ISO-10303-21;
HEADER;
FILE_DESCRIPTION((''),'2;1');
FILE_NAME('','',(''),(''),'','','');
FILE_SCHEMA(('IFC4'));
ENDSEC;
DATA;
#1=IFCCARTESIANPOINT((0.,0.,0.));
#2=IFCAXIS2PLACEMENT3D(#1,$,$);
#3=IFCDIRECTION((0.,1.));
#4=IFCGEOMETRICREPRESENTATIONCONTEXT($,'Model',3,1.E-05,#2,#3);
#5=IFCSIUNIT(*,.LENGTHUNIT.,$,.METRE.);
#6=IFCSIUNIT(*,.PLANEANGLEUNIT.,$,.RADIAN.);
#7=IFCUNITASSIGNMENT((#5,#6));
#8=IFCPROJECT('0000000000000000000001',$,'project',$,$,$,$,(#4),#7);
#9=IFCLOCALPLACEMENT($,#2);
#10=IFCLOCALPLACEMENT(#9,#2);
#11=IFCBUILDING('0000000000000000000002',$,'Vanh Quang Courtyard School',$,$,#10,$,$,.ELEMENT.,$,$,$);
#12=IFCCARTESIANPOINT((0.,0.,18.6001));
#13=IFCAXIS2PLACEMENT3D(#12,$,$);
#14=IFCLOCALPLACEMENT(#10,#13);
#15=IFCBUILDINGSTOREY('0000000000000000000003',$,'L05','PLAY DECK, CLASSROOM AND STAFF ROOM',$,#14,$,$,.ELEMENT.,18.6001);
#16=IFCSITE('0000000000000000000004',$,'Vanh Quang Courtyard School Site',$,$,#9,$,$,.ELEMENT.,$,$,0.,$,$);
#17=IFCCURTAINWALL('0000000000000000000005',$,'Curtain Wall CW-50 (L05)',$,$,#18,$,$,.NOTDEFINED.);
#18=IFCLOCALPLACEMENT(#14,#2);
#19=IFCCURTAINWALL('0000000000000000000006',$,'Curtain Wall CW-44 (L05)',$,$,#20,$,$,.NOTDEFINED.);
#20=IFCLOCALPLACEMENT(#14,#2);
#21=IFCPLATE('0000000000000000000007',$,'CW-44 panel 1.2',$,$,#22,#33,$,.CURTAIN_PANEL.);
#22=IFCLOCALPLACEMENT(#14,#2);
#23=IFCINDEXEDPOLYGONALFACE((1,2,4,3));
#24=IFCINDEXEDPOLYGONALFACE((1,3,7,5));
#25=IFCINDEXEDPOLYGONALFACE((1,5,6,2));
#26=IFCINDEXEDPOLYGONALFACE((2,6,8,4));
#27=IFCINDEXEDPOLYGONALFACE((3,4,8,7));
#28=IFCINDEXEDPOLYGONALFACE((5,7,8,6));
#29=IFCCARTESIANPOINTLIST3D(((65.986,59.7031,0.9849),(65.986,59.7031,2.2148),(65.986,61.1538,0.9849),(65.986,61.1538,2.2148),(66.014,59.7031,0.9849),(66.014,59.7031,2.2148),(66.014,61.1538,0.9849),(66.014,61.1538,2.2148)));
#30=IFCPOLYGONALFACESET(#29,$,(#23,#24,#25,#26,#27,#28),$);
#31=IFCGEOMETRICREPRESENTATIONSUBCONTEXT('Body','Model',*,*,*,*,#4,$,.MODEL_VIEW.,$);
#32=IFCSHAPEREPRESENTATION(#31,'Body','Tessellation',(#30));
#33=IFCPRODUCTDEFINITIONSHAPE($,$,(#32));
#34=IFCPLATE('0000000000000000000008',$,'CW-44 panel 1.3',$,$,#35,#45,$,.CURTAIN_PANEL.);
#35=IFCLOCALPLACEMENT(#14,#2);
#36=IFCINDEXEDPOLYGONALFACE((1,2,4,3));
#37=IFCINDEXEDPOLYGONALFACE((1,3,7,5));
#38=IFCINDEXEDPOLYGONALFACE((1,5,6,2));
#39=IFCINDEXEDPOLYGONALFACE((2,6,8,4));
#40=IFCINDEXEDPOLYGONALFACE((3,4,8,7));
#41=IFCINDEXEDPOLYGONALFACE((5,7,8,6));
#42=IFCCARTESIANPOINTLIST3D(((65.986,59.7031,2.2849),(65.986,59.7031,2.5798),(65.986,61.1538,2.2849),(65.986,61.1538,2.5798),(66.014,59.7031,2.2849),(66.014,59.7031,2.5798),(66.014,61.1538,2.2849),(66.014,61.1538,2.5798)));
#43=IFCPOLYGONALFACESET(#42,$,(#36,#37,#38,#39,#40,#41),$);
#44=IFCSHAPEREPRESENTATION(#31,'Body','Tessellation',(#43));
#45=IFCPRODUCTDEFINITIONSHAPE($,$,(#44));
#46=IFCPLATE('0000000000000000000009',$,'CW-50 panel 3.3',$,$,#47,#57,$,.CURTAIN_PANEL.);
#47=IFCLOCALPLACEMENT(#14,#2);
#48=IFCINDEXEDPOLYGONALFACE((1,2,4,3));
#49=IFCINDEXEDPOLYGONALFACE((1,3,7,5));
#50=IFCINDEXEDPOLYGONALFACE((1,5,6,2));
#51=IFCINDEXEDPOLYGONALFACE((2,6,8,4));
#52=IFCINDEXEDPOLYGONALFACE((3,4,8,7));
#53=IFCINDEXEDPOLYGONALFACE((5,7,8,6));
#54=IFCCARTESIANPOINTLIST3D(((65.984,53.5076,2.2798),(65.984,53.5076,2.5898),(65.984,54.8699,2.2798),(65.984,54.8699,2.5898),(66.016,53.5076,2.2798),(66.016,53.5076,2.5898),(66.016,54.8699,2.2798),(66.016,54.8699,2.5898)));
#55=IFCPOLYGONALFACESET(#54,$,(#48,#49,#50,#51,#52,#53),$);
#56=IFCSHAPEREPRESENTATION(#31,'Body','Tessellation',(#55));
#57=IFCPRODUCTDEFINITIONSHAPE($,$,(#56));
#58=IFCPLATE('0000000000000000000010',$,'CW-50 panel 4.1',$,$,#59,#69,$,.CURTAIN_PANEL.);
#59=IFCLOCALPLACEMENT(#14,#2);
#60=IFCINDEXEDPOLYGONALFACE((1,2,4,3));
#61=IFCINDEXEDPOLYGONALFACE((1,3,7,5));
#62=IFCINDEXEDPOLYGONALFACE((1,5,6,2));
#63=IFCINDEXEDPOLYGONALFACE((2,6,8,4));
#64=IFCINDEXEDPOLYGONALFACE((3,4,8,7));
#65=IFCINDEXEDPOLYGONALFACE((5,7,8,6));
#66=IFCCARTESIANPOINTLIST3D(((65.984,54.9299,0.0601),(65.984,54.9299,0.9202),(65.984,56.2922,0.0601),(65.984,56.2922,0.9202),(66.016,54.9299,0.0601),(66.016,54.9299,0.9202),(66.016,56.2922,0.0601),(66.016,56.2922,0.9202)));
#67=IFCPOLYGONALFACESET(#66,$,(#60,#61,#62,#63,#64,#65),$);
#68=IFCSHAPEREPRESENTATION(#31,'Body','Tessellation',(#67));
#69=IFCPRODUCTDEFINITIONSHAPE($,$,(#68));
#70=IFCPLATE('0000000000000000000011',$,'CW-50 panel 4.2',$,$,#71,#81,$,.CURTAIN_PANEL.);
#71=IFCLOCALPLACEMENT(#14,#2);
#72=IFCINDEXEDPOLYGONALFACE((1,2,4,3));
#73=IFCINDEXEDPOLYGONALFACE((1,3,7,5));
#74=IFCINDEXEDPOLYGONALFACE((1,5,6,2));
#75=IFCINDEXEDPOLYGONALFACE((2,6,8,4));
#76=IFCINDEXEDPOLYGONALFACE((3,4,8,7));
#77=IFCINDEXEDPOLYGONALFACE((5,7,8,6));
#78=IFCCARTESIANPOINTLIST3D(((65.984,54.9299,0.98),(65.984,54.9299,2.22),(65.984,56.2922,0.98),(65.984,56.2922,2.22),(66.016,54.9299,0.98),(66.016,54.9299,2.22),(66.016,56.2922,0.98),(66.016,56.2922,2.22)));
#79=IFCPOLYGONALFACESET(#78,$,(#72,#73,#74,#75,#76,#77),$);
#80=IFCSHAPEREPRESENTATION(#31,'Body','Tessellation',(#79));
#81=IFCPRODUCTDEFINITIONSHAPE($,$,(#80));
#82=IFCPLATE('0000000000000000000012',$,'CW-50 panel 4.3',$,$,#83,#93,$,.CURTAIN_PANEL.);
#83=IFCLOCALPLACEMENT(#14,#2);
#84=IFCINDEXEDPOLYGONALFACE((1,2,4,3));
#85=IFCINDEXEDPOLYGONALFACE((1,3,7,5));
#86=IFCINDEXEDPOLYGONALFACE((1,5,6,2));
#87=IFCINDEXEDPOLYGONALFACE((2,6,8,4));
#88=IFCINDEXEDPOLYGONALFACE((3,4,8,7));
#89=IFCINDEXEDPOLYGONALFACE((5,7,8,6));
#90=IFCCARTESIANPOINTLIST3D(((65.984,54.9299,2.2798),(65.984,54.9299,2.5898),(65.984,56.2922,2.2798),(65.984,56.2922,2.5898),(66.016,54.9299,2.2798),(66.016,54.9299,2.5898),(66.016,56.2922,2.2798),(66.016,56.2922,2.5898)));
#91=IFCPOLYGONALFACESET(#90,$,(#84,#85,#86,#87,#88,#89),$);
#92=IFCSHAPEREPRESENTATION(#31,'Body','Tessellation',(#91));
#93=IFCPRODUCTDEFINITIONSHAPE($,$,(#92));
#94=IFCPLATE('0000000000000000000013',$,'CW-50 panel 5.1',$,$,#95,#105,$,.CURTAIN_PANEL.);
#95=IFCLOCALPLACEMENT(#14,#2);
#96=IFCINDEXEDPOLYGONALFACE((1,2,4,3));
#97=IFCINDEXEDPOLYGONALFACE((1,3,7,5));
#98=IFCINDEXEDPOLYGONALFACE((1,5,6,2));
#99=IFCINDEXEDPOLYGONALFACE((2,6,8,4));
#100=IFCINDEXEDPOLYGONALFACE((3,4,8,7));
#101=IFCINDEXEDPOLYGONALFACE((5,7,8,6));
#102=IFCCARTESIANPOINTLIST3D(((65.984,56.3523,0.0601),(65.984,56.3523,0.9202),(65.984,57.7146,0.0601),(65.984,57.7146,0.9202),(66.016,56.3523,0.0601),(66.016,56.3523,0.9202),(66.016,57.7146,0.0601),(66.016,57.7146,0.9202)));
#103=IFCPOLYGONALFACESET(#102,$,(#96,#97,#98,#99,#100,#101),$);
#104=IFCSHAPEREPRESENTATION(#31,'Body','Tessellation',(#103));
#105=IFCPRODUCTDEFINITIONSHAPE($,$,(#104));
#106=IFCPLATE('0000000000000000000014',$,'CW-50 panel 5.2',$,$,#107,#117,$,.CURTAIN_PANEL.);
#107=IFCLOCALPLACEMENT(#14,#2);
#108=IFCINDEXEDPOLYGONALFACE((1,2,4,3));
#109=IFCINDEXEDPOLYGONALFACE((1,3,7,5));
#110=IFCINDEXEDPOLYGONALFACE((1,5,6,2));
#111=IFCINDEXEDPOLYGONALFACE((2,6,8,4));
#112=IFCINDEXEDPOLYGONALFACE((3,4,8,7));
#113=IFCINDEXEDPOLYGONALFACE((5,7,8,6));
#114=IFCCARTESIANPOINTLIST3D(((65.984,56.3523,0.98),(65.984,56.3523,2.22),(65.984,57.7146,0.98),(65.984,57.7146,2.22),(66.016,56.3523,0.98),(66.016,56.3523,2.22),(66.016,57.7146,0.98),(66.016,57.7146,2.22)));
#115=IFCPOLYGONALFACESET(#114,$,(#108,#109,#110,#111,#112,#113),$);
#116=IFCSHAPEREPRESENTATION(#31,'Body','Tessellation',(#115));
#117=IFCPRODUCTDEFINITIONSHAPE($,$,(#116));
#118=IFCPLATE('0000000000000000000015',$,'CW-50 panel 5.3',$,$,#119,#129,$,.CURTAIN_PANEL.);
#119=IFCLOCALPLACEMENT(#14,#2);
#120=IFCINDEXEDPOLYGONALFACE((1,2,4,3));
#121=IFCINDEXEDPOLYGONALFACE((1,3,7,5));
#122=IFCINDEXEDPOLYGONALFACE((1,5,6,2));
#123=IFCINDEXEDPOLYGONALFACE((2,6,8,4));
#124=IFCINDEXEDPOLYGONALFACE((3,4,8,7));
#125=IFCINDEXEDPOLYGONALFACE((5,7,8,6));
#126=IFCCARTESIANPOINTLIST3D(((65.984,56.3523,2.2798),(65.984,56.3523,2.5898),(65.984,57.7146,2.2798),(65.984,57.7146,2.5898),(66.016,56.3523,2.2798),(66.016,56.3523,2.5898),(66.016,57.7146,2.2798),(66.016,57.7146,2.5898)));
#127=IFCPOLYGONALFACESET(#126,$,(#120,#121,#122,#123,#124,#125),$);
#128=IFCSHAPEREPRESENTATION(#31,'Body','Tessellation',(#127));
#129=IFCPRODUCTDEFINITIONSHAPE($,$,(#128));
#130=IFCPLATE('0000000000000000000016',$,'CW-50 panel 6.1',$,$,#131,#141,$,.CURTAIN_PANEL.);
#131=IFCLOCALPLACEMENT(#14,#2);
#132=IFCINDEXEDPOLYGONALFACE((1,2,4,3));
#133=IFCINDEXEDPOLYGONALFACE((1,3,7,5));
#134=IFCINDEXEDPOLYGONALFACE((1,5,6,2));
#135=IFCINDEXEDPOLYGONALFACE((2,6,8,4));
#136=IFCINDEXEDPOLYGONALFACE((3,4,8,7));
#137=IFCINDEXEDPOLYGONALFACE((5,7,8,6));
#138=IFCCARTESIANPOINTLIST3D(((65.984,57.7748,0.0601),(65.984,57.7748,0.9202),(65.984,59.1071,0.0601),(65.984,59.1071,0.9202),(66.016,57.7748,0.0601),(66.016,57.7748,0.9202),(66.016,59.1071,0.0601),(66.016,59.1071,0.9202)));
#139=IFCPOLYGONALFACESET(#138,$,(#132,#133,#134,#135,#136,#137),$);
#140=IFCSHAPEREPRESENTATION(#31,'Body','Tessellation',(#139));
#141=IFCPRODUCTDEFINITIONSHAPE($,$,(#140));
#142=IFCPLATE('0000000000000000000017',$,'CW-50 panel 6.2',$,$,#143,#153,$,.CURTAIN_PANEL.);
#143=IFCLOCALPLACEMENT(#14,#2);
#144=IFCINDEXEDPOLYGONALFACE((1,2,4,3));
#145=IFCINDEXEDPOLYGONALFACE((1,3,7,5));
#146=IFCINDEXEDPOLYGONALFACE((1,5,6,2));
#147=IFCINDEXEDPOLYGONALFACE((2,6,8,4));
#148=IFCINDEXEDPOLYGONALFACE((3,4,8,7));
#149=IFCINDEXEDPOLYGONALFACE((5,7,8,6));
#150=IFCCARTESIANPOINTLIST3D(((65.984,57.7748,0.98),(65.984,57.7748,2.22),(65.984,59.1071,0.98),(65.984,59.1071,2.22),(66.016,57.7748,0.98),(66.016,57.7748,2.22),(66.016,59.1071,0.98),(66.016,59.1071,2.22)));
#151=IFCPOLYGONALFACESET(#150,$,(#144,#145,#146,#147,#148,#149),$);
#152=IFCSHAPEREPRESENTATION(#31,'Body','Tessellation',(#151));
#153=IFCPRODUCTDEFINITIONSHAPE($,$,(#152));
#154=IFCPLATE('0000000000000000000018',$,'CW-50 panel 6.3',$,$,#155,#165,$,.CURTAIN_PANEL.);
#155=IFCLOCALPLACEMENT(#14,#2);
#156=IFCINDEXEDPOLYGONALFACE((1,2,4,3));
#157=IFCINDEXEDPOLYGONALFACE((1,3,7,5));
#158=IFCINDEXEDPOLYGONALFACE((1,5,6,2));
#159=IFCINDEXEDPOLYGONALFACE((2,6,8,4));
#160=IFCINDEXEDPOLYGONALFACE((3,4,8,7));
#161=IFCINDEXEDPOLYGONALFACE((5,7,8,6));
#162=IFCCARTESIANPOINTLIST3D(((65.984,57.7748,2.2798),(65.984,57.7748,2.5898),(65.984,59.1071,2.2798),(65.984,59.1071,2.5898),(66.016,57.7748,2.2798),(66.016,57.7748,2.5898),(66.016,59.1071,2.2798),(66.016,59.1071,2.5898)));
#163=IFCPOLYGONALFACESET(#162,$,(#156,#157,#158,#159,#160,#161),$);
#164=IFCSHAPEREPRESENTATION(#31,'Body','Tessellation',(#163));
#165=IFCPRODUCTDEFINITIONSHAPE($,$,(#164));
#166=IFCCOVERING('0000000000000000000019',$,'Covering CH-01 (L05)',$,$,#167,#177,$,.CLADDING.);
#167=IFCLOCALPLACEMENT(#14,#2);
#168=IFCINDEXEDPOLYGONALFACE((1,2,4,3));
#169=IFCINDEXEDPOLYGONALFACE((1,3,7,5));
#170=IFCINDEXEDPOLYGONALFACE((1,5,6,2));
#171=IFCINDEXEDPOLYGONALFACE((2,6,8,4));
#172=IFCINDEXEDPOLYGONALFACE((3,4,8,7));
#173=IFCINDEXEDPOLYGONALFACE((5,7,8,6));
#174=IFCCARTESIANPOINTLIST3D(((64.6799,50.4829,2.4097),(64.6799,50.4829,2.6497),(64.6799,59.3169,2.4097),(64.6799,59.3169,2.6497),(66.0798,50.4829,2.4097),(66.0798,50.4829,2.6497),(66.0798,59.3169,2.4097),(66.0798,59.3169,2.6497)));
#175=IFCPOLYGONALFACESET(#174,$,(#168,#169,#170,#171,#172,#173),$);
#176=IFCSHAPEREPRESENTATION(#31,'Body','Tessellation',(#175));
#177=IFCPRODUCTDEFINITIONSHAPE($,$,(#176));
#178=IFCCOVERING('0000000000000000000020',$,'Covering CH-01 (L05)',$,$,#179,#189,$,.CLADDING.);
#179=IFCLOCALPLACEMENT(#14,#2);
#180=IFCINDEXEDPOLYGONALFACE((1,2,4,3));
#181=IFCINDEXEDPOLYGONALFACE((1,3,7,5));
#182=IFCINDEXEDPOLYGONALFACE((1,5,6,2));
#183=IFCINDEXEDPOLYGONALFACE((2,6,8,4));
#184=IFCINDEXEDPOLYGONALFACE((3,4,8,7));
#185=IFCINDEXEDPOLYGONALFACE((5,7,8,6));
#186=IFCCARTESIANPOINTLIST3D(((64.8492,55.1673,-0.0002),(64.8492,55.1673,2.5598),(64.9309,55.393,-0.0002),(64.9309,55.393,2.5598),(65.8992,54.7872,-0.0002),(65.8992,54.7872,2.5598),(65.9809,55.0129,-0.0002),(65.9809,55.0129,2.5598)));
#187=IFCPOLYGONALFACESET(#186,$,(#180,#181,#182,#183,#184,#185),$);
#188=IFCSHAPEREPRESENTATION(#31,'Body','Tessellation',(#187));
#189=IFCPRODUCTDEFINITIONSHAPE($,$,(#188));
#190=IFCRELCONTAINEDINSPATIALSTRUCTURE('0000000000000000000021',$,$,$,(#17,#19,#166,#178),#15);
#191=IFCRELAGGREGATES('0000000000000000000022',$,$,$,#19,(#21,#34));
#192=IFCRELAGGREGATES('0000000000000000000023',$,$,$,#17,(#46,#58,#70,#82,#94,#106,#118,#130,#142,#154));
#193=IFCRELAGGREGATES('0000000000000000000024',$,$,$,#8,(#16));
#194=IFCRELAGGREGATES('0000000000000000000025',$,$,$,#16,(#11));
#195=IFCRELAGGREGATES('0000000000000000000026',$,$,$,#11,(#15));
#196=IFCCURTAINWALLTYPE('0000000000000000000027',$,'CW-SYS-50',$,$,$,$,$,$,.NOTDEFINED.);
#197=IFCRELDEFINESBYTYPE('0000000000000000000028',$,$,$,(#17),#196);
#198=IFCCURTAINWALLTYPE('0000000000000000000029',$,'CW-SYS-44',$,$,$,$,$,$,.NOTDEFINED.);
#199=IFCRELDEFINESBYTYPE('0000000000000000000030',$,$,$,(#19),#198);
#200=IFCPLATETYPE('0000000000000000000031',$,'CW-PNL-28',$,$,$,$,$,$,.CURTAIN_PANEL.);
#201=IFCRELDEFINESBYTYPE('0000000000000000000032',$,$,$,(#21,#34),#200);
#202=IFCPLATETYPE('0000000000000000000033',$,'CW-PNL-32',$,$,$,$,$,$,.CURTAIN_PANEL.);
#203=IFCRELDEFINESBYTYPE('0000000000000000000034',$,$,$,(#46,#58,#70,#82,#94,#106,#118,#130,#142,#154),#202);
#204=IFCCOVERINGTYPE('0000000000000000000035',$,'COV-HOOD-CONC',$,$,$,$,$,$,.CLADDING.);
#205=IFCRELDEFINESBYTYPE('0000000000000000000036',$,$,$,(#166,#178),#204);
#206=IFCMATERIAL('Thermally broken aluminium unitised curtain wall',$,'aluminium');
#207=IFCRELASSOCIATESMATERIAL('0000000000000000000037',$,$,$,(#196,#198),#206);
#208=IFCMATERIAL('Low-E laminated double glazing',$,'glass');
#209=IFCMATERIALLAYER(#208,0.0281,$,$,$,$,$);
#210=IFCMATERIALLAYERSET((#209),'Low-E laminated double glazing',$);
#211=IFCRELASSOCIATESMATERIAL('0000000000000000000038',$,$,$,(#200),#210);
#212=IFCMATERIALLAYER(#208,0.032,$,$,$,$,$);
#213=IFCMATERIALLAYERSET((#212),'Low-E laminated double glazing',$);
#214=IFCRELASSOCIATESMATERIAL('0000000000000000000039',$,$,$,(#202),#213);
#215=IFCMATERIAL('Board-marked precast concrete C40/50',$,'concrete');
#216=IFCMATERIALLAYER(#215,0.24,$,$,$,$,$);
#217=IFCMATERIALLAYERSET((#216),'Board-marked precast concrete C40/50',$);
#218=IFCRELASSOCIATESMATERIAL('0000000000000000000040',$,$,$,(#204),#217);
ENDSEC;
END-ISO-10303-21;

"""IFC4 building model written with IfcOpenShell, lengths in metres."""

from ifc_helpers import new_model, si_unit, direction, frame, origin, origin_2d, place, context, subcontext, project, spatial, rectangle, extrude, material, layer, layer_set, type_object, element, aggregate, save


model = new_model("IFC4")

# Units and contexts
model_context = context("Model", 3, precision=1e-05, world=origin(), true_north=direction((0.0, 1.0)))
body_context = subcontext(model_context, "Body", "Model", "MODEL_VIEW")
ifc_project = project(units=[si_unit("LENGTHUNIT", "METRE"), si_unit("PLANEANGLEUNIT", "RADIAN")], contexts=[model_context])

# Site, building, storey
site_placement = place(None, origin())
site = spatial("IfcSite", under=ifc_project, at=site_placement, Name="Vanh Quang Courtyard School Site", CompositionType="ELEMENT", RefElevation=0.0)
building_placement = place(site_placement, origin())
building = spatial("IfcBuilding", under=site, at=building_placement, Name="Vanh Quang Courtyard School", CompositionType="ELEMENT")
storey_placement = place(building_placement, frame((0.0, 0.0, 18.6001)))
storey = spatial("IfcBuildingStorey", under=building, at=storey_placement, Name="L05", Description="PLAY DECK, CLASSROOM AND STAFF ROOM", CompositionType="ELEMENT", Elevation=18.6001)

# Curtain wall
ifc_material_1 = material(Name="Thermally broken aluminium unitised curtain wall", Category="aluminium")
curtain_wall_type_1 = type_object("IfcCurtainWallType", Name="CW-SYS-50", PredefinedType="NOTDEFINED", material=ifc_material_1)
curtain_wall_1_placement = place(storey_placement, origin())
curtain_wall_1 = element("IfcCurtainWall", 1, at=curtain_wall_1_placement, inside=storey, type_object=curtain_wall_type_1, Name="Curtain Wall CW-50 (L05)", PredefinedType="NOTDEFINED")

# Curtain wall
curtain_wall_type_2 = type_object("IfcCurtainWallType", Name="CW-SYS-44", PredefinedType="NOTDEFINED", material=ifc_material_1)
curtain_wall_2_placement = place(storey_placement, origin())
curtain_wall_2 = element("IfcCurtainWall", 2, at=curtain_wall_2_placement, inside=storey, type_object=curtain_wall_type_2, Name="Curtain Wall CW-44 (L05)", PredefinedType="NOTDEFINED")

# Plates
ifc_material_2 = material(Name="Low-E laminated double glazing", Category="glass")
ifc_layer_1 = layer(ifc_material_2, 0.0281)
ifc_layer_set_1 = layer_set([ifc_layer_1], Name="Low-E laminated double glazing")
plate_type_1 = type_object("IfcPlateType", Name="CW-PNL-28", PredefinedType="CURTAIN_PANEL", material=ifc_layer_set_1)
plate_1_placement = place(storey_placement, frame((66.0, 60.4285, 0.9849), z_axis=(0.0, 0.0, 1.0), x_axis=(0.0, 1.0, 0.0)))
plate_1 = element("IfcPlate", 3, at=plate_1_placement, type_object=plate_type_1, Name="CW-44 panel 1.2", PredefinedType="CURTAIN_PANEL", context=body_context, shape_type="SweptSolid", body=[
    extrude(rectangle(XDim=1.4507, YDim=0.0281, at=origin_2d()), origin(), (0.0, 0.0, 1.0), 1.23),
])
plate_2_placement = place(storey_placement, frame((66.0, 60.4285, 2.2849), z_axis=(0.0, 0.0, 1.0), x_axis=(0.0, 1.0, 0.0)))
plate_2 = element("IfcPlate", 4, at=plate_2_placement, type_object=plate_type_1, Name="CW-44 panel 1.3", PredefinedType="CURTAIN_PANEL", context=body_context, shape_type="SweptSolid", body=[
    extrude(rectangle(XDim=1.4507, YDim=0.0281, at=origin_2d()), origin(), (0.0, 0.0, 1.0), 0.2949),
])
aggregate(curtain_wall_2, [plate_1, plate_2])
ifc_layer_2 = layer(ifc_material_2, 0.032)
ifc_layer_set_2 = layer_set([ifc_layer_2], Name="Low-E laminated double glazing")
plate_type_2 = type_object("IfcPlateType", Name="CW-PNL-32", PredefinedType="CURTAIN_PANEL", material=ifc_layer_set_2)
plate_3_placement = place(storey_placement, frame((66.0, 54.1887, 2.2798), z_axis=(0.0, 0.0, 1.0), x_axis=(0.0, 1.0, 0.0)))
plate_3 = element("IfcPlate", 5, at=plate_3_placement, type_object=plate_type_2, Name="CW-50 panel 3.3", PredefinedType="CURTAIN_PANEL", context=body_context, shape_type="SweptSolid", body=[
    extrude(rectangle(XDim=1.3623, YDim=0.032, at=origin_2d()), origin(), (0.0, 0.0, 1.0), 0.3101),
])
plate_4_placement = place(storey_placement, frame((66.0, 55.6111, 0.0601), z_axis=(0.0, 0.0, 1.0), x_axis=(0.0, 1.0, 0.0)))
plate_4 = element("IfcPlate", 6, at=plate_4_placement, type_object=plate_type_2, Name="CW-50 panel 4.1", PredefinedType="CURTAIN_PANEL", context=body_context, shape_type="SweptSolid", body=[
    extrude(rectangle(XDim=1.3623, YDim=0.032, at=origin_2d()), origin(), (0.0, 0.0, 1.0), 0.8601),
])
plate_5_placement = place(storey_placement, frame((66.0, 55.6111, 0.98), z_axis=(0.0, 0.0, 1.0), x_axis=(0.0, 1.0, 0.0)))
plate_5 = element("IfcPlate", 7, at=plate_5_placement, type_object=plate_type_2, Name="CW-50 panel 4.2", PredefinedType="CURTAIN_PANEL", context=body_context, shape_type="SweptSolid", body=[
    extrude(rectangle(XDim=1.3623, YDim=0.032, at=origin_2d()), origin(), (0.0, 0.0, 1.0), 1.24),
])
plate_6_placement = place(storey_placement, frame((66.0, 55.6111, 2.2798), z_axis=(0.0, 0.0, 1.0), x_axis=(0.0, 1.0, 0.0)))
plate_6 = element("IfcPlate", 8, at=plate_6_placement, type_object=plate_type_2, Name="CW-50 panel 4.3", PredefinedType="CURTAIN_PANEL", context=body_context, shape_type="SweptSolid", body=[
    extrude(rectangle(XDim=1.3623, YDim=0.032, at=origin_2d()), origin(), (0.0, 0.0, 1.0), 0.3101),
])
plate_7_placement = place(storey_placement, frame((66.0, 57.0334, 0.0601), z_axis=(0.0, 0.0, 1.0), x_axis=(0.0, 1.0, 0.0)))
plate_7 = element("IfcPlate", 9, at=plate_7_placement, type_object=plate_type_2, Name="CW-50 panel 5.1", PredefinedType="CURTAIN_PANEL", context=body_context, shape_type="SweptSolid", body=[
    extrude(rectangle(XDim=1.3623, YDim=0.032, at=origin_2d()), origin(), (0.0, 0.0, 1.0), 0.8601),
])
plate_8_placement = place(storey_placement, frame((66.0, 57.0334, 0.98), z_axis=(0.0, 0.0, 1.0), x_axis=(0.0, 1.0, 0.0)))
plate_8 = element("IfcPlate", 10, at=plate_8_placement, type_object=plate_type_2, Name="CW-50 panel 5.2", PredefinedType="CURTAIN_PANEL", context=body_context, shape_type="SweptSolid", body=[
    extrude(rectangle(XDim=1.3623, YDim=0.032, at=origin_2d()), origin(), (0.0, 0.0, 1.0), 1.24),
])
plate_9_placement = place(storey_placement, frame((66.0, 57.0334, 2.2798), z_axis=(0.0, 0.0, 1.0), x_axis=(0.0, 1.0, 0.0)))
plate_9 = element("IfcPlate", 11, at=plate_9_placement, type_object=plate_type_2, Name="CW-50 panel 5.3", PredefinedType="CURTAIN_PANEL", context=body_context, shape_type="SweptSolid", body=[
    extrude(rectangle(XDim=1.3623, YDim=0.032, at=origin_2d()), origin(), (0.0, 0.0, 1.0), 0.3101),
])
plate_10_placement = place(storey_placement, frame((66.0, 58.4409, 0.0601), z_axis=(0.0, 0.0, 1.0), x_axis=(0.0, 1.0, 0.0)))
plate_10 = element("IfcPlate", 12, at=plate_10_placement, type_object=plate_type_2, Name="CW-50 panel 6.1", PredefinedType="CURTAIN_PANEL", context=body_context, shape_type="SweptSolid", body=[
    extrude(rectangle(XDim=1.3323, YDim=0.032, at=origin_2d()), origin(), (0.0, 0.0, 1.0), 0.8601),
])
plate_11_placement = place(storey_placement, frame((66.0, 58.4409, 0.98), z_axis=(0.0, 0.0, 1.0), x_axis=(0.0, 1.0, 0.0)))
plate_11 = element("IfcPlate", 13, at=plate_11_placement, type_object=plate_type_2, Name="CW-50 panel 6.2", PredefinedType="CURTAIN_PANEL", context=body_context, shape_type="SweptSolid", body=[
    extrude(rectangle(XDim=1.3323, YDim=0.032, at=origin_2d()), origin(), (0.0, 0.0, 1.0), 1.24),
])
plate_12_placement = place(storey_placement, frame((66.0, 58.4409, 2.2798), z_axis=(0.0, 0.0, 1.0), x_axis=(0.0, 1.0, 0.0)))
plate_12 = element("IfcPlate", 14, at=plate_12_placement, type_object=plate_type_2, Name="CW-50 panel 6.3", PredefinedType="CURTAIN_PANEL", context=body_context, shape_type="SweptSolid", body=[
    extrude(rectangle(XDim=1.3323, YDim=0.032, at=origin_2d()), origin(), (0.0, 0.0, 1.0), 0.3101),
])
aggregate(curtain_wall_1, [plate_3, plate_4, plate_5, plate_6, plate_7, plate_8, plate_9, plate_10, plate_11, plate_12])

# Coverings
ifc_material_3 = material(Name="Board-marked precast concrete C40/50", Category="concrete")
ifc_layer_3 = layer(ifc_material_3, 0.24)
ifc_layer_set_3 = layer_set([ifc_layer_3], Name="Board-marked precast concrete C40/50")
covering_type = type_object("IfcCoveringType", Name="COV-HOOD-CONC", PredefinedType="CLADDING", material=ifc_layer_set_3)
covering_1_placement = place(storey_placement, frame((65.3799, 54.8999, 2.4097), z_axis=(0.0, 0.0, 1.0), x_axis=(0.0, 1.0, 0.0)))
element("IfcCovering", 15, at=covering_1_placement, inside=storey, type_object=covering_type, Name="Covering CH-01 (L05)", PredefinedType="CLADDING", context=body_context, shape_type="SweptSolid", body=[
    extrude(rectangle(XDim=8.834, YDim=1.3999, at=origin_2d()), origin(), (0.0, 0.0, 1.0), 0.24),
])
covering_2_placement = place(storey_placement, frame((65.415, 55.0901, -0.0002), z_axis=(0.0, 0.0, 1.0), x_axis=(-0.940288, 0.34038, 0.0)))
element("IfcCovering", 16, at=covering_2_placement, inside=storey, type_object=covering_type, Name="Covering CH-01 (L05)", PredefinedType="CLADDING", context=body_context, shape_type="SweptSolid", body=[
    extrude(rectangle(XDim=1.1167, YDim=0.24, at=origin_2d()), origin(), (0.0, 0.0, 1.0), 2.5601),
])

save(model, "model.ifc")
